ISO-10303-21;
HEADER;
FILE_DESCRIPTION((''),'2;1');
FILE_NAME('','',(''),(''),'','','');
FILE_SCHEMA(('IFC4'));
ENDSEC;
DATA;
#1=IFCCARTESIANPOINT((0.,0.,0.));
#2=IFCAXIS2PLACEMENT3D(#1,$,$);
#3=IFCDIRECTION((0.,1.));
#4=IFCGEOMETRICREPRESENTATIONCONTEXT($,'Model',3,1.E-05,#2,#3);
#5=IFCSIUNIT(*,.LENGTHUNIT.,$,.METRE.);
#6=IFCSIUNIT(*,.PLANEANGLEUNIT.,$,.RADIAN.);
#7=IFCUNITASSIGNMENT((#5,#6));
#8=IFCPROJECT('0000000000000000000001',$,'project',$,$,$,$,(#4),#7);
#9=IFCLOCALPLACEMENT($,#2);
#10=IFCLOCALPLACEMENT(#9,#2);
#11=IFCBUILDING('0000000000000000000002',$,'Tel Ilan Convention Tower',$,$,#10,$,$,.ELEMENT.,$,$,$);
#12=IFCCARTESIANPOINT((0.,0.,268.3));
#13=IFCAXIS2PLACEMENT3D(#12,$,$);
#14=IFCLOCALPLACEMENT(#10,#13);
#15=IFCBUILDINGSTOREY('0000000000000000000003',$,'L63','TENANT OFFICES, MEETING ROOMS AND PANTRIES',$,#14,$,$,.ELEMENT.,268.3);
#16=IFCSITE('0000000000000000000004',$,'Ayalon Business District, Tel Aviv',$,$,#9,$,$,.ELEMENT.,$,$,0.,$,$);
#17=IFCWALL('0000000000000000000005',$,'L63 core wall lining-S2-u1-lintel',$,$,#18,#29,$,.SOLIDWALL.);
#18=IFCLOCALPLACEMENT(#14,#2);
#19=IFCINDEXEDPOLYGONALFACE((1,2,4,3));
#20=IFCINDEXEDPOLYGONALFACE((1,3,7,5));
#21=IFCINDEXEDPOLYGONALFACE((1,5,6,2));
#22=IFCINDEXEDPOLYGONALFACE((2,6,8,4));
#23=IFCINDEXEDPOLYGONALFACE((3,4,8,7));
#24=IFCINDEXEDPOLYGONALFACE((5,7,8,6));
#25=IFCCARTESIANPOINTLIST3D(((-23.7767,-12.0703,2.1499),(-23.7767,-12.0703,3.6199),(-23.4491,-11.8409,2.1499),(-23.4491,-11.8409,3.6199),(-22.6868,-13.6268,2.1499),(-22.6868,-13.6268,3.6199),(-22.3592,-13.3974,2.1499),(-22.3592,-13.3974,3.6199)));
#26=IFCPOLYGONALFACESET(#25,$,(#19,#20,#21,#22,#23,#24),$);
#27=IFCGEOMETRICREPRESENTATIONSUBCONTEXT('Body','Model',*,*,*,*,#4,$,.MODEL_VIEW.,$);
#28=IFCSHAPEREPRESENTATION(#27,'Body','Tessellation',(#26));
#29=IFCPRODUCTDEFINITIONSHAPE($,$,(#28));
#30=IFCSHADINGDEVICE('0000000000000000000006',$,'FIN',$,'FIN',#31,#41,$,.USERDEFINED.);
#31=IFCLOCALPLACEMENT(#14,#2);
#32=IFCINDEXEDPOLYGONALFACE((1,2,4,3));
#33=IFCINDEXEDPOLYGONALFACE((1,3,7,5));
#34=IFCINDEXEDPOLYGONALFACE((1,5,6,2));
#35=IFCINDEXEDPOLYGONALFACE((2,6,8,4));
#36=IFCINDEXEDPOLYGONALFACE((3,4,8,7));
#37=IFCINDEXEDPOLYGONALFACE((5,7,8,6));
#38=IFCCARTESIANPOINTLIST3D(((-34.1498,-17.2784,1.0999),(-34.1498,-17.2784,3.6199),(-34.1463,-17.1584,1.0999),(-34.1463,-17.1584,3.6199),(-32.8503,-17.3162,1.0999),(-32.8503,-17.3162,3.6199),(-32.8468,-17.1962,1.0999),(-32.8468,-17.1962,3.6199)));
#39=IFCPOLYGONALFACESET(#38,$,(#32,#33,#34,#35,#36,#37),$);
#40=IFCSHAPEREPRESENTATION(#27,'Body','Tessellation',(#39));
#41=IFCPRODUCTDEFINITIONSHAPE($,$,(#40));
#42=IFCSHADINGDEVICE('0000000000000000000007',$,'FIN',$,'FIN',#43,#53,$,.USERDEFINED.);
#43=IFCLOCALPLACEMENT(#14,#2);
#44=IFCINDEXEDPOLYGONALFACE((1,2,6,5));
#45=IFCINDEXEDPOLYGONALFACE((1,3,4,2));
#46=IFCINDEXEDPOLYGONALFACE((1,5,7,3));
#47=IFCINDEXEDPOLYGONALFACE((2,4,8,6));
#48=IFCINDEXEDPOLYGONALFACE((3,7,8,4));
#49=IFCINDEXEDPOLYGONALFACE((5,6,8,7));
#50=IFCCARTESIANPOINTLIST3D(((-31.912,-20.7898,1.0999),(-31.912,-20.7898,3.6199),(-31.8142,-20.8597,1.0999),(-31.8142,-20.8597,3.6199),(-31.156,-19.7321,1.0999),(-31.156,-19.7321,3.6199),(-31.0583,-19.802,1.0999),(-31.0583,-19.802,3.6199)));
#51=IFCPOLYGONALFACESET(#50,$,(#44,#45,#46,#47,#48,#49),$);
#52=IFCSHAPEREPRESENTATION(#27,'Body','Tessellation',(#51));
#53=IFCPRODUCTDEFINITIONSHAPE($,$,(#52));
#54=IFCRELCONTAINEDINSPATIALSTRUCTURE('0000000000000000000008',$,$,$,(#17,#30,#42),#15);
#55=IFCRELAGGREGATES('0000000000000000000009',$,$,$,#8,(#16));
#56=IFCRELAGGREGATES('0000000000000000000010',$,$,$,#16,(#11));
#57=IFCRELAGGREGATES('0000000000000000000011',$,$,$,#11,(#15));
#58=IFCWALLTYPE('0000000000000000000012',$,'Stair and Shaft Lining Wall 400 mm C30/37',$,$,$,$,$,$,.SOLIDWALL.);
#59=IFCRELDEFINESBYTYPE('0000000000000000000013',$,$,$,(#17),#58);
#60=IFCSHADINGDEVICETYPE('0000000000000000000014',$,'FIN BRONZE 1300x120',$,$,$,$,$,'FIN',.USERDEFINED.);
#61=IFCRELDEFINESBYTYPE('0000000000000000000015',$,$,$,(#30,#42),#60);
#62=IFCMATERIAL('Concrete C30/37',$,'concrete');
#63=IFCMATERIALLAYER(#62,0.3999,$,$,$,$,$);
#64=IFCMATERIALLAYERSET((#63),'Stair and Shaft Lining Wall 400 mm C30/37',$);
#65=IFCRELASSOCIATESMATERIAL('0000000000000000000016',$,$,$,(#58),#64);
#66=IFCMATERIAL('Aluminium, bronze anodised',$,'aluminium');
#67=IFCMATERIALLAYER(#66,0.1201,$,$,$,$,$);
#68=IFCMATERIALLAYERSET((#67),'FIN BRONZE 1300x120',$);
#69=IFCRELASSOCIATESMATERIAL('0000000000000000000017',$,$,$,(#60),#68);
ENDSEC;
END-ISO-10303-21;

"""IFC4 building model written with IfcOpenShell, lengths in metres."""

from ifc_helpers import new_model, si_unit, direction, frame, frame_2d, origin, origin_2d, place, context, subcontext, project, spatial, rectangle, extrude, material, layer, layer_set, type_object, element, save


model = new_model("IFC4")

# Units and contexts
model_context = context("Model", 3, precision=1e-05, world=origin(), true_north=direction((0.0, 1.0)))
body_context = subcontext(model_context, "Body", "Model", "MODEL_VIEW")
ifc_project = project(units=[si_unit("LENGTHUNIT", "METRE"), si_unit("PLANEANGLEUNIT", "RADIAN")], contexts=[model_context])

# Site, building, storey
site_placement = place(None, origin())
site = spatial("IfcSite", under=ifc_project, at=site_placement, Name="Ayalon Business District, Tel Aviv", CompositionType="ELEMENT", RefElevation=0.0)
building_placement = place(site_placement, origin())
building = spatial("IfcBuilding", under=site, at=building_placement, Name="Tel Ilan Convention Tower", CompositionType="ELEMENT")
storey_placement = place(building_placement, frame((0.0, 0.0, 268.3)))
storey = spatial("IfcBuildingStorey", under=building, at=storey_placement, Name="L63", Description="TENANT OFFICES, MEETING ROOMS AND PANTRIES", CompositionType="ELEMENT", Elevation=268.3)

# Wall
ifc_material_1 = material(Name="Concrete C30/37", Category="concrete")
ifc_layer_1 = layer(ifc_material_1, 0.3999)
ifc_layer_set_1 = layer_set([ifc_layer_1], Name="Stair and Shaft Lining Wall 400 mm C30/37")
wall_type_1 = type_object("IfcWallType", Name="Stair and Shaft Lining Wall 400 mm C30/37", PredefinedType="SOLIDWALL", material=ifc_layer_set_1)
wall_1_placement = place(storey_placement, frame((-22.5229, -13.5122, 2.1499), z_axis=(0.0, 0.0, 1.0), x_axis=(-0.573592, 0.819141, 0.0)))
element("IfcWall", 1, at=wall_1_placement, inside=storey, type_object=wall_type_1, Name="L63 core wall lining-S2-u1-lintel", PredefinedType="SOLIDWALL", context=body_context, shape_type="SweptSolid", body=[
    extrude(rectangle(XDim=1.9001, YDim=0.3999, at=frame_2d((0.9502, 0.0))), origin(), (0.0, 0.0, 1.0), 1.47),
])

# Shading devices
ifc_material_2 = material(Name="Aluminium, bronze anodised", Category="aluminium")
ifc_layer_2 = layer(ifc_material_2, 0.1201)
ifc_layer_set_2 = layer_set([ifc_layer_2], Name="FIN BRONZE 1300x120")
shading_device_type = type_object("IfcShadingDeviceType", Name="FIN BRONZE 1300x120", ElementType="FIN", PredefinedType="USERDEFINED", material=ifc_layer_set_2)
for number, where, z_axis, x_axis, name in (
    (2, (-33.4983, -17.2373, 1.0999), (0.0, 0.0, 1.0), (-0.999577, 0.029085, 0.0), "FIN"),
    (3, (-31.4851, -20.2959, 1.0999), (0.0, 0.0, 1.0), (-0.581492, -0.813552, 0.0), "FIN"),
):
    element("IfcShadingDevice", number, at=place(storey_placement, frame(where, z_axis=z_axis, x_axis=x_axis)), inside=storey, type_object=shading_device_type, Name=name, ObjectType="FIN", PredefinedType="USERDEFINED", context=body_context, shape_type="SweptSolid", body=[
        extrude(rectangle(XDim=1.3, YDim=0.1201, at=origin_2d()), origin(), (0.0, 0.0, 1.0), 2.52),
    ])

save(model, "model.ifc")
